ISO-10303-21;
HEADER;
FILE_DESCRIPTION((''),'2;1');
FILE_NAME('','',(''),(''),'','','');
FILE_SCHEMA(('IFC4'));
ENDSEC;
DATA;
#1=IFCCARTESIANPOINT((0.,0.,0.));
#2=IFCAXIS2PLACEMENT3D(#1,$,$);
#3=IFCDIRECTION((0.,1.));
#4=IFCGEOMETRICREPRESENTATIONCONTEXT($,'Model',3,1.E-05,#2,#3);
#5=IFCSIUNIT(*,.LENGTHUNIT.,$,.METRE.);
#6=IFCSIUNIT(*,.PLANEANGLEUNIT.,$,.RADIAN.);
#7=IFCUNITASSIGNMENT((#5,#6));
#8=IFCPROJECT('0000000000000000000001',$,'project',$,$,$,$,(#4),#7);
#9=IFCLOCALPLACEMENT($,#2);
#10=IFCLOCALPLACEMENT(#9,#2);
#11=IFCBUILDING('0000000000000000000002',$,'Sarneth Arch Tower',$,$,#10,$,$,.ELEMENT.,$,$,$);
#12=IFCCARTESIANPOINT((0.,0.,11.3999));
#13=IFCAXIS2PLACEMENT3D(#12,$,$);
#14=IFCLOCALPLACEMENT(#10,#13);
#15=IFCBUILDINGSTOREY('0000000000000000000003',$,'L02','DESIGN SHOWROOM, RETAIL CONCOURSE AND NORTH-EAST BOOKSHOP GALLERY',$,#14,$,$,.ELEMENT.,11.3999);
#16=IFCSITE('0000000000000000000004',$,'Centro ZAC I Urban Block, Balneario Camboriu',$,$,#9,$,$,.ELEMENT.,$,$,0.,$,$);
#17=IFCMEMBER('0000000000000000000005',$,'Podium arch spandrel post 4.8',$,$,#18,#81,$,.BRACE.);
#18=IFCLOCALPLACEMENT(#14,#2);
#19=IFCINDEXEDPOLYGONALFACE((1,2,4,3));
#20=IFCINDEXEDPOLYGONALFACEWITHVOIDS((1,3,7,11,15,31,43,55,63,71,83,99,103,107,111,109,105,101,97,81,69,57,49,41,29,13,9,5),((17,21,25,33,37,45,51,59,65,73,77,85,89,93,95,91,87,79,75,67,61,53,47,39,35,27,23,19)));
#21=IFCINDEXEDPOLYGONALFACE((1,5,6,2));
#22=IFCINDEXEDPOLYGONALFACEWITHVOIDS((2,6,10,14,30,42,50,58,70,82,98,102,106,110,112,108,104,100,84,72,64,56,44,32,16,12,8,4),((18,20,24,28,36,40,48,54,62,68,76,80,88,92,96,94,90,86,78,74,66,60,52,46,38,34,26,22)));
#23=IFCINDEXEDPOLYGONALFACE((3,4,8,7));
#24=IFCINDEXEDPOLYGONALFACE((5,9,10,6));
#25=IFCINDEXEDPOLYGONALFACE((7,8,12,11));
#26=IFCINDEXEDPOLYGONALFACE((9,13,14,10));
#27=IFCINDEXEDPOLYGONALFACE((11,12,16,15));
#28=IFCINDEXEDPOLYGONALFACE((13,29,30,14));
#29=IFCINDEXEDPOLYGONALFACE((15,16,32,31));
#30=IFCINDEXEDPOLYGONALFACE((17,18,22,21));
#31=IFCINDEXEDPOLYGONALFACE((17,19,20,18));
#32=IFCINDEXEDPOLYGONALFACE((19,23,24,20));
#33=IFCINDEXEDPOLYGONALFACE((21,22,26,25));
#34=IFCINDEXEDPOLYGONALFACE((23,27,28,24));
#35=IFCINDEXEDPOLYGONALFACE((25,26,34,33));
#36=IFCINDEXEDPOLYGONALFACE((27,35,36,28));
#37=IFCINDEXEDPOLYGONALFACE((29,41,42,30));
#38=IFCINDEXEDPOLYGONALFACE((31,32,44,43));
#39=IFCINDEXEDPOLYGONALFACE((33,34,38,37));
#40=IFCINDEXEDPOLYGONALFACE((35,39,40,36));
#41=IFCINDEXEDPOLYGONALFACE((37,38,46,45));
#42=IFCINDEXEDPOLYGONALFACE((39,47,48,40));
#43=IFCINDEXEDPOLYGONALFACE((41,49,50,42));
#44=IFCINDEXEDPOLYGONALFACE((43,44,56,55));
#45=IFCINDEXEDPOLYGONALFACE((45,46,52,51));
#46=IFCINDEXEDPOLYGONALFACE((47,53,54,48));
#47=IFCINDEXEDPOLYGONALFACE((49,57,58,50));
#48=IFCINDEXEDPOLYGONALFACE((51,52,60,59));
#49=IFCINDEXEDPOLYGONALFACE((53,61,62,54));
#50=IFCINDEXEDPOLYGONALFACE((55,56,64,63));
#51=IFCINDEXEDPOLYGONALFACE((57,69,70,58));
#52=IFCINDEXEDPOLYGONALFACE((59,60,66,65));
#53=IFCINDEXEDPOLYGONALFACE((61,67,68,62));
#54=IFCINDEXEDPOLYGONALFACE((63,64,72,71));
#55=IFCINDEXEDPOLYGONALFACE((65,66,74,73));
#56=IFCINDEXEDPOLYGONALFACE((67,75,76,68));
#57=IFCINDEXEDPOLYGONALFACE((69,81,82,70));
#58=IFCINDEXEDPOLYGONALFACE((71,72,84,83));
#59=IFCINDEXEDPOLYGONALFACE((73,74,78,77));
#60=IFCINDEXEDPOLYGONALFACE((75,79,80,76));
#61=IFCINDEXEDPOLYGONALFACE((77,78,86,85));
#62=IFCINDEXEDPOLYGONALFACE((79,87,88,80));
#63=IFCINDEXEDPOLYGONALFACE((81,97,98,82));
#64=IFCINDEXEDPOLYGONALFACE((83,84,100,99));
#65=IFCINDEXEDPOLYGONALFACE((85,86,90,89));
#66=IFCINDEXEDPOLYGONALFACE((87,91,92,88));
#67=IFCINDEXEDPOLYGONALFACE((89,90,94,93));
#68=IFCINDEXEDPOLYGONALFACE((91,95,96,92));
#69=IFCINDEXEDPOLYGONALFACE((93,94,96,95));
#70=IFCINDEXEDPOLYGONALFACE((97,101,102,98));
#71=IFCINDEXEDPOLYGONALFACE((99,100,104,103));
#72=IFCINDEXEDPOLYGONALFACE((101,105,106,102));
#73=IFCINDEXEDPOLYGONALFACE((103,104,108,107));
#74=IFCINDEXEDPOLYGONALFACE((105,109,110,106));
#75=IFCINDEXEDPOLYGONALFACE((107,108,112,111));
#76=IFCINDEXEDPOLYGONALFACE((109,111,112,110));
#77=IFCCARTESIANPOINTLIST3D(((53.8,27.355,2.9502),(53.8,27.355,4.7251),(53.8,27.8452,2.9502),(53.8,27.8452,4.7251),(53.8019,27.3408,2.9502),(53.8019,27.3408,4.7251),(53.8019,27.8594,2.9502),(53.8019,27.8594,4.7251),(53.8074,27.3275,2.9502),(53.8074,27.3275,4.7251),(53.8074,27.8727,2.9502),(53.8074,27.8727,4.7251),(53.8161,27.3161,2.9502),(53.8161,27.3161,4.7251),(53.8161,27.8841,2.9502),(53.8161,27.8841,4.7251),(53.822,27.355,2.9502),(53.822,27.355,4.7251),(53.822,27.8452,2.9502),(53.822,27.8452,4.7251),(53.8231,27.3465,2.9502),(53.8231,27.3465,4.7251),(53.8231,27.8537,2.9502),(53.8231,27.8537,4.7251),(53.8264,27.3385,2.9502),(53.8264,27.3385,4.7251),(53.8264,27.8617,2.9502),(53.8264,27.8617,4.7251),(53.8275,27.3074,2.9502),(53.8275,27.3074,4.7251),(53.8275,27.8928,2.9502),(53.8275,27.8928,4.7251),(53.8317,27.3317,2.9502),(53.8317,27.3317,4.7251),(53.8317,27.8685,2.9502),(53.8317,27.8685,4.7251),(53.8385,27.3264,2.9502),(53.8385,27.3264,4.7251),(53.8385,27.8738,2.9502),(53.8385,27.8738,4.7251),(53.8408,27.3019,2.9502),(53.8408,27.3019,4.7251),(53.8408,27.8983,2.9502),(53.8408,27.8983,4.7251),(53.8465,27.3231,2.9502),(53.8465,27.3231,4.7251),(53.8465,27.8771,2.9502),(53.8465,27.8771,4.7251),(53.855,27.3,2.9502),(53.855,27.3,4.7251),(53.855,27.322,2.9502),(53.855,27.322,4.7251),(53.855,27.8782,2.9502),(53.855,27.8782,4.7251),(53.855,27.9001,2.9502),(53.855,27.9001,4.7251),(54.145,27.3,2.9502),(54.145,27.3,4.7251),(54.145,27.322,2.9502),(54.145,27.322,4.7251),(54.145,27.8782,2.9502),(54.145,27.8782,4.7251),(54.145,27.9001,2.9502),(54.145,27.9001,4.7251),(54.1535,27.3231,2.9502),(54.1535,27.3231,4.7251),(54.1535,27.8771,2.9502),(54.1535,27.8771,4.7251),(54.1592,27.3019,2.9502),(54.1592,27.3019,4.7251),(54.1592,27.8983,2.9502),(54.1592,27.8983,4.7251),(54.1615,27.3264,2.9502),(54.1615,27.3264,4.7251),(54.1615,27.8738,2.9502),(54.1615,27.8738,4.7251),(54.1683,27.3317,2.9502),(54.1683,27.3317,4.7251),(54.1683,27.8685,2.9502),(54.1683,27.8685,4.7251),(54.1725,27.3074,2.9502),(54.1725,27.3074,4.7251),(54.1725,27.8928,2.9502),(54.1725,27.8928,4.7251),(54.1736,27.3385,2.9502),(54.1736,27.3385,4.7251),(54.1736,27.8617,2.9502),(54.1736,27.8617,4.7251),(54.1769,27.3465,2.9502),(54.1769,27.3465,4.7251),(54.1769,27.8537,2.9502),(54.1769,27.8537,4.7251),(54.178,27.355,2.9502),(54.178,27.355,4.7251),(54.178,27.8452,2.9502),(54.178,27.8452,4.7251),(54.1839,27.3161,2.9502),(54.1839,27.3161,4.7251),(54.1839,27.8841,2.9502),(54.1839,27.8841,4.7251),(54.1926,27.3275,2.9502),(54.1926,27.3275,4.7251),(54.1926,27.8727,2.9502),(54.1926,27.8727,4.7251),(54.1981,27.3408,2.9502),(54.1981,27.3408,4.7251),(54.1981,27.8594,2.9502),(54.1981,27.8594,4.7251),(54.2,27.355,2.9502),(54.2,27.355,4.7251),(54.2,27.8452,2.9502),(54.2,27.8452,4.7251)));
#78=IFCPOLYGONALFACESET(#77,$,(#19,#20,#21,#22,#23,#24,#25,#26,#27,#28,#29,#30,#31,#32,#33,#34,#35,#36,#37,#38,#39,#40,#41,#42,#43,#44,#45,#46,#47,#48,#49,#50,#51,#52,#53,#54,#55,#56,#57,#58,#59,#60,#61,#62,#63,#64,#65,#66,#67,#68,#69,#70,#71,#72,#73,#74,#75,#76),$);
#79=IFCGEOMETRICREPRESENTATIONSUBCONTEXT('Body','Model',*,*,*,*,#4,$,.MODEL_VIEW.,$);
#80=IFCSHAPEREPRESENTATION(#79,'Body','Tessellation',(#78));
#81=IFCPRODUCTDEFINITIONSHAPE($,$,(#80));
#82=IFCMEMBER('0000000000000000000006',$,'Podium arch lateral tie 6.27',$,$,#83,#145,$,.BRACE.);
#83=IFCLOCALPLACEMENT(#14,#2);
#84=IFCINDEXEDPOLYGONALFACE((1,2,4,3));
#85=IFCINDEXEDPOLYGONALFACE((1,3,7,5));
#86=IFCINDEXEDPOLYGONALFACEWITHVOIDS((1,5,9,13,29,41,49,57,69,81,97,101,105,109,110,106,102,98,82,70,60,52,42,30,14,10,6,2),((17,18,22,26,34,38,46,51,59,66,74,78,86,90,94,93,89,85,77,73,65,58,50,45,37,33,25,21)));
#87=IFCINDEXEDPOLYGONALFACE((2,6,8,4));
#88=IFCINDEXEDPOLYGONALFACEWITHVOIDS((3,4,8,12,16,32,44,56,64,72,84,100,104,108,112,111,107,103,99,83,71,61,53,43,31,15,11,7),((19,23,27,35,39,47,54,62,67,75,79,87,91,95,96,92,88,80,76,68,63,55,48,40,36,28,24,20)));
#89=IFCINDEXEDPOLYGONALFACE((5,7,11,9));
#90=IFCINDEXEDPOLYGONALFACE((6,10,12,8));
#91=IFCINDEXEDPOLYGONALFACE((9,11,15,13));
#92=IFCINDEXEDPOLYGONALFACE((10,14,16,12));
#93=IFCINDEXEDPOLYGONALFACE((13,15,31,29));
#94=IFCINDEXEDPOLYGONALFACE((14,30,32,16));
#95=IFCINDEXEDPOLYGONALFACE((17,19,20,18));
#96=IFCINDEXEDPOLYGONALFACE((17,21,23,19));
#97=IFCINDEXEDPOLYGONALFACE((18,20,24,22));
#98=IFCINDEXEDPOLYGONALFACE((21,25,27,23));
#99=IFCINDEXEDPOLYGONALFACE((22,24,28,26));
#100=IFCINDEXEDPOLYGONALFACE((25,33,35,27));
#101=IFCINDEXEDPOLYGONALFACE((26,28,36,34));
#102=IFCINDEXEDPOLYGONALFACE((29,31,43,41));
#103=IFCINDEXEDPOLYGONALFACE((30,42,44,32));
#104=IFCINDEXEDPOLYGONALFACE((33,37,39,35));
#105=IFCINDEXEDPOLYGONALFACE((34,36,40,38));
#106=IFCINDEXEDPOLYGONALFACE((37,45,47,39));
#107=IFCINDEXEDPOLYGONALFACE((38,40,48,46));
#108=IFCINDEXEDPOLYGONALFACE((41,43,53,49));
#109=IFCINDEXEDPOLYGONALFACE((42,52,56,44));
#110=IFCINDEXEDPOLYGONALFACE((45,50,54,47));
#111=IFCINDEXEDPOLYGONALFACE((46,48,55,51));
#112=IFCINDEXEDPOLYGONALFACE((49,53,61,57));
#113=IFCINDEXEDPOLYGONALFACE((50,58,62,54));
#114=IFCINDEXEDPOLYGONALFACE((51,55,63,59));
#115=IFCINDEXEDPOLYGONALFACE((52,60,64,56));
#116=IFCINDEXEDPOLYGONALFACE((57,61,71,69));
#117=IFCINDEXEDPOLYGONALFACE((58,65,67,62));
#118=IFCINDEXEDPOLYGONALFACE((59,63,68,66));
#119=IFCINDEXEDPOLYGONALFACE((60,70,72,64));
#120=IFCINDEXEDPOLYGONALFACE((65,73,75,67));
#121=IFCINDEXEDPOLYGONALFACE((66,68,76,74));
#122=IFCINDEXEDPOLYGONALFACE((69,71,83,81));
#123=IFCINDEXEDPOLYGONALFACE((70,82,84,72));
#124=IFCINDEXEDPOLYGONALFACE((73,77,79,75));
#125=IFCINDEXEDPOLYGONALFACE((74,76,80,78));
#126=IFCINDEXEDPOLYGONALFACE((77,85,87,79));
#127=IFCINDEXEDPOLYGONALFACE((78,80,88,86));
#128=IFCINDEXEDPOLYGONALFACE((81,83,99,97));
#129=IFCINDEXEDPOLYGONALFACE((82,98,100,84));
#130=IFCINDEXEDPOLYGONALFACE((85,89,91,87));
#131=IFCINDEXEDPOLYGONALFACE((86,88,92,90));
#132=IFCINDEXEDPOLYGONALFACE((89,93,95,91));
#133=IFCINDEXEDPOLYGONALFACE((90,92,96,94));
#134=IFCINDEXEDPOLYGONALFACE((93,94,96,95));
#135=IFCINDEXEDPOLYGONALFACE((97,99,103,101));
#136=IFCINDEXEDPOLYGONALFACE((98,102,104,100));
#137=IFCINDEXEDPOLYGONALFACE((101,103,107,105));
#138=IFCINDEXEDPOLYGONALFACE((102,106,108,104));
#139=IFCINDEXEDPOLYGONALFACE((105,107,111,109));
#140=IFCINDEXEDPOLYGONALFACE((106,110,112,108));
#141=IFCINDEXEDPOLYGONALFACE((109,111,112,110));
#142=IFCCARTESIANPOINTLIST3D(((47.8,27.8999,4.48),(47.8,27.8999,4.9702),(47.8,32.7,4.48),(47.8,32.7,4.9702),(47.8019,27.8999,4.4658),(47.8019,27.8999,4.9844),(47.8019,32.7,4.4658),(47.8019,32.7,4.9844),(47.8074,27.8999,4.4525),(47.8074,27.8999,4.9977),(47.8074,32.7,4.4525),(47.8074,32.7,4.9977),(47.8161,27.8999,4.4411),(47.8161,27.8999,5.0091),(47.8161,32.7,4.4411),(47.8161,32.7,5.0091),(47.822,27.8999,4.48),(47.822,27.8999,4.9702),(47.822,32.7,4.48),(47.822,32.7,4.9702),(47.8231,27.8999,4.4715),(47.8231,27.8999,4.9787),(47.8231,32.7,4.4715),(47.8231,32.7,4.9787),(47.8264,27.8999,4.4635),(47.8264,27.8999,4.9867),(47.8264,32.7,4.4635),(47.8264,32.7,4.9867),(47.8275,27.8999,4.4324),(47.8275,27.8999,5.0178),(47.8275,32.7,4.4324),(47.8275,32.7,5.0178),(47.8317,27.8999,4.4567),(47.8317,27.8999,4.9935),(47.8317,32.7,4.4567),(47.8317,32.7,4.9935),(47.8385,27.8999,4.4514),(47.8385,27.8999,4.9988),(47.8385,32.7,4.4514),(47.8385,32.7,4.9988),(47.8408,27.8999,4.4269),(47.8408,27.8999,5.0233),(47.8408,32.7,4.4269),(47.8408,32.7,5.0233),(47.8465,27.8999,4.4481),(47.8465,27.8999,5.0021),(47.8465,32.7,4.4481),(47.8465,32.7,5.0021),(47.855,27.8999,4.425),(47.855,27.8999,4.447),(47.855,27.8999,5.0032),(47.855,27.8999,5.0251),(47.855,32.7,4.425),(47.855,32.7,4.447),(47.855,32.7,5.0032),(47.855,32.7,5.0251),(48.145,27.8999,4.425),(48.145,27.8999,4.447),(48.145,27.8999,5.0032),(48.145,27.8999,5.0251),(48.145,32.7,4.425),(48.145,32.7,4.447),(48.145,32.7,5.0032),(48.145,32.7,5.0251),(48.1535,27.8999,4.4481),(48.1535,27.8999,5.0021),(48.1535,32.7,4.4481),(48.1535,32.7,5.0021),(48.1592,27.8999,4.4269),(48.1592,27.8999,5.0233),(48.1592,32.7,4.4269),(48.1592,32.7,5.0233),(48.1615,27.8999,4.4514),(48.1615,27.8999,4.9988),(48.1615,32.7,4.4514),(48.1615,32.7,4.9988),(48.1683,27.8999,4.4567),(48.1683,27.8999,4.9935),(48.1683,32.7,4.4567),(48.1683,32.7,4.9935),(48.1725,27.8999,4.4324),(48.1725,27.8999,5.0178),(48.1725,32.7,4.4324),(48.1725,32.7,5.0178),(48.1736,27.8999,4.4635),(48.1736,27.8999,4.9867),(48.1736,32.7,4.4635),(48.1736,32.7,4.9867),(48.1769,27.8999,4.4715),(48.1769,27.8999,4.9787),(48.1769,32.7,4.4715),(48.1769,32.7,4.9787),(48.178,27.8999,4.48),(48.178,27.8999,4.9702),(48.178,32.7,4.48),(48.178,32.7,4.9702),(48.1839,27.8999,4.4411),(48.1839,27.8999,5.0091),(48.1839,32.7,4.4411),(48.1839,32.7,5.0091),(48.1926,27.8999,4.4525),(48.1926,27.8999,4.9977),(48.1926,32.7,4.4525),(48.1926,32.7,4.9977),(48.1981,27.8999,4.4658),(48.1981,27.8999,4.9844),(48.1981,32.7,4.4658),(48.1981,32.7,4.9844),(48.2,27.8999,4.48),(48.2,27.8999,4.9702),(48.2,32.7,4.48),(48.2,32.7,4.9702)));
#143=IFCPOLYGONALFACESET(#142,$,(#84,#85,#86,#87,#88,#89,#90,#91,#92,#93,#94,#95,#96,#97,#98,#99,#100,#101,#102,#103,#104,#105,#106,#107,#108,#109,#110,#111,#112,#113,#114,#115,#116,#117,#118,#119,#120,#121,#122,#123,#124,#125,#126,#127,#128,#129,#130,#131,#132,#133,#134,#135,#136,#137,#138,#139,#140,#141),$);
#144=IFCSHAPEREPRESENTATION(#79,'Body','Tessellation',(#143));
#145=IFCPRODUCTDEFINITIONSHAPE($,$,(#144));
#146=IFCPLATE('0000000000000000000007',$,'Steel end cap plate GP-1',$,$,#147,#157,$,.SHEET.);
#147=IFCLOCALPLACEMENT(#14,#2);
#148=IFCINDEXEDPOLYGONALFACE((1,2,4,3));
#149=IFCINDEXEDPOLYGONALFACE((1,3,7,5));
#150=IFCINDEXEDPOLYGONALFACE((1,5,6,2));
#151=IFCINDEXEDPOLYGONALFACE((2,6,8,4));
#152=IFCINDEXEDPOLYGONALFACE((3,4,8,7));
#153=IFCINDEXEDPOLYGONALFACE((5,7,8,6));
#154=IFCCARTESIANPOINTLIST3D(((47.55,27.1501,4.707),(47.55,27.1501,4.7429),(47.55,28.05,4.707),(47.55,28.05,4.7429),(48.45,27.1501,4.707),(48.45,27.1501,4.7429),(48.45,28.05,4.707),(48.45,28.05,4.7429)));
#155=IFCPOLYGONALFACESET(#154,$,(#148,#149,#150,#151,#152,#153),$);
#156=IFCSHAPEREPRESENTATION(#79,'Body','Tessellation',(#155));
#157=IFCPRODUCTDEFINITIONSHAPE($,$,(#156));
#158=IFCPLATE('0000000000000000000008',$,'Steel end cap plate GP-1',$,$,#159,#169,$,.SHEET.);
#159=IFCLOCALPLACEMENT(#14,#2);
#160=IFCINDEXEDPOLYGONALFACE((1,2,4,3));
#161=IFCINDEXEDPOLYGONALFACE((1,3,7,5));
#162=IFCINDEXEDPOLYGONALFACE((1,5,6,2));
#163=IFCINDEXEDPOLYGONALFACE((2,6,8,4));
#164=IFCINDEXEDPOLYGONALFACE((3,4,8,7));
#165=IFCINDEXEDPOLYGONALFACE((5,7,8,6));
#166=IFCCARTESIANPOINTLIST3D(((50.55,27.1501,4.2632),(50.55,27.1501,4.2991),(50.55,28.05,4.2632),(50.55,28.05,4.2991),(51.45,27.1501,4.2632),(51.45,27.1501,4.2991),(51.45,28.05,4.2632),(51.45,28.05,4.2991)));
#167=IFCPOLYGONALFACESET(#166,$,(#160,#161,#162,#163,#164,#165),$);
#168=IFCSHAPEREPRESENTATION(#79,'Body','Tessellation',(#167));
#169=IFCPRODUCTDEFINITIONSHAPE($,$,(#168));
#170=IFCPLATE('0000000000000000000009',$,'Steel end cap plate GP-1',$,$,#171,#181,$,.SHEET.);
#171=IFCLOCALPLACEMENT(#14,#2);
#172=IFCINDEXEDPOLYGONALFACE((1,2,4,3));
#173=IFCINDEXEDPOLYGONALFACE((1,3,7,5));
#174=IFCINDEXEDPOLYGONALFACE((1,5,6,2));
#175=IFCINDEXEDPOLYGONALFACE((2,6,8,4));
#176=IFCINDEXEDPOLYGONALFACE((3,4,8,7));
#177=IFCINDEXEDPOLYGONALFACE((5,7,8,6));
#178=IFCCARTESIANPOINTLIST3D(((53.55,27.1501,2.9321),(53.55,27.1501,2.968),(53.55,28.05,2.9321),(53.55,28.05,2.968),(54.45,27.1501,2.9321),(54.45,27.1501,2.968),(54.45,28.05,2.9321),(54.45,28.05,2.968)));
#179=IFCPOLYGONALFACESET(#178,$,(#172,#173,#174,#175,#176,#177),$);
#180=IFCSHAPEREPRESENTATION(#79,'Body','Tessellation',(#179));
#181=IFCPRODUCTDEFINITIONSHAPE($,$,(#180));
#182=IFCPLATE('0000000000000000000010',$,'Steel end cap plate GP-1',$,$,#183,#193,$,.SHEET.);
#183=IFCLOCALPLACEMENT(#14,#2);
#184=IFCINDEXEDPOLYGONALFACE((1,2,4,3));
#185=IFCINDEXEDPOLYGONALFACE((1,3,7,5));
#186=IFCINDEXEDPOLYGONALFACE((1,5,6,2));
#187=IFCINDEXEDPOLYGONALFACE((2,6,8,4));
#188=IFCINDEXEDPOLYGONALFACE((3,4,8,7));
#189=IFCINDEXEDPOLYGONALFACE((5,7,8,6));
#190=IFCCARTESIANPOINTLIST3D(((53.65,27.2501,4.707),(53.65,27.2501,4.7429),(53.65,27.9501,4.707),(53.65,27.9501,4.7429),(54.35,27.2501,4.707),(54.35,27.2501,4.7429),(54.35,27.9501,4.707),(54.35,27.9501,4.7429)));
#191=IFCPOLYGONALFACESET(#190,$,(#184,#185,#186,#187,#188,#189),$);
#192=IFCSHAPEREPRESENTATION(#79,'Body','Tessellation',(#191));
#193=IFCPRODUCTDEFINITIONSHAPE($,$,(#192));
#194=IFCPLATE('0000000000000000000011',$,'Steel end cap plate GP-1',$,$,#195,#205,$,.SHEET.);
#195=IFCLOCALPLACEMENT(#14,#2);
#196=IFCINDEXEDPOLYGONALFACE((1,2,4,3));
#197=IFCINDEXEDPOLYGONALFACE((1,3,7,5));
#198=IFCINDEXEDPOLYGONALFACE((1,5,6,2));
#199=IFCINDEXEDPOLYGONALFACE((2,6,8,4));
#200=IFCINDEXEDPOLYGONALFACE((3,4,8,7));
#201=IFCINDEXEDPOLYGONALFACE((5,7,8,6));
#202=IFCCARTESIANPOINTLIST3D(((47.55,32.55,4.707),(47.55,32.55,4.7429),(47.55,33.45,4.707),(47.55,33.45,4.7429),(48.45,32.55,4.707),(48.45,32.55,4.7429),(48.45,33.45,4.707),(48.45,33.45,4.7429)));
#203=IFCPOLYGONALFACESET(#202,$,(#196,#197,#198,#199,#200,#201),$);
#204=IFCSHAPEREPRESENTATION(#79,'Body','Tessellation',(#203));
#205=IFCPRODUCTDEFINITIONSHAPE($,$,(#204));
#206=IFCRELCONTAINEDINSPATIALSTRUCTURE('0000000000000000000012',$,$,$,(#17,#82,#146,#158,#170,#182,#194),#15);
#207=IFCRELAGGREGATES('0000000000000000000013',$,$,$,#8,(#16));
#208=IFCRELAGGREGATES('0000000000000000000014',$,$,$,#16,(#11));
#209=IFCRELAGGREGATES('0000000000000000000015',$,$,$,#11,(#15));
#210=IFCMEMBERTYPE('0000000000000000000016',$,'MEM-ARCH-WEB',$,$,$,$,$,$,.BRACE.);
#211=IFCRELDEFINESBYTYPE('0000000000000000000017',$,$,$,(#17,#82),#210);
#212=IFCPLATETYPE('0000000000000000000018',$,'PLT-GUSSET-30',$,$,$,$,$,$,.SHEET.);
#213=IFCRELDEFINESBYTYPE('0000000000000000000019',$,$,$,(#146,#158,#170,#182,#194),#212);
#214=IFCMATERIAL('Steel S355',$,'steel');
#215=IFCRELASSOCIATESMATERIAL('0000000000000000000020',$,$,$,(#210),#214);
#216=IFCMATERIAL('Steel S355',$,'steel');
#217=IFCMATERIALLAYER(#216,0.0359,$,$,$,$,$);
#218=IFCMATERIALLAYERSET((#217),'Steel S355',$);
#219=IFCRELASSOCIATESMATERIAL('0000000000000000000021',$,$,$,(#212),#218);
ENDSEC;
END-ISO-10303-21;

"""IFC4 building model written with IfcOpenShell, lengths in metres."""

from ifc_helpers import new_model, si_unit, direction, frame, origin, origin_2d, place, context, subcontext, project, spatial, rectangle, hollow_rectangle, extrude, material, layer, layer_set, material_profile, profile_set, type_object, element, save


model = new_model("IFC4")

# Units and contexts
model_context = context("Model", 3, precision=1e-05, world=origin(), true_north=direction((0.0, 1.0)))
body_context = subcontext(model_context, "Body", "Model", "MODEL_VIEW")
ifc_project = project(units=[si_unit("LENGTHUNIT", "METRE"), si_unit("PLANEANGLEUNIT", "RADIAN")], contexts=[model_context])

# Site, building, storey
site_placement = place(None, origin())
site = spatial("IfcSite", under=ifc_project, at=site_placement, Name="Centro ZAC I Urban Block, Balneario Camboriu", CompositionType="ELEMENT", RefElevation=0.0)
building_placement = place(site_placement, origin())
building = spatial("IfcBuilding", under=site, at=building_placement, Name="Sarneth Arch Tower", CompositionType="ELEMENT")
storey_placement = place(building_placement, frame((0.0, 0.0, 11.3999)))
storey = spatial("IfcBuildingStorey", under=building, at=storey_placement, Name="L02", Description="DESIGN SHOWROOM, RETAIL CONCOURSE AND NORTH-EAST BOOKSHOP GALLERY", CompositionType="ELEMENT", Elevation=11.3999)

# Members
ifc_material_1 = material(Name="Steel S355", Category="steel")
ifc_material_profile_1 = material_profile(ifc_material_1, hollow_rectangle(XDim=0.3999, YDim=0.6001, WallThickness=0.022, InnerFilletRadius=0.033, OuterFilletRadius=0.0549, at=origin_2d()), Name="RHS600x400x22")
ifc_profile_set_1 = profile_set([ifc_material_profile_1], Name="Steel S355")
member_type_1 = type_object("IfcMemberType", Name="MEM-ARCH-WEB", PredefinedType="BRACE", material=ifc_profile_set_1)
member_1_placement = place(storey_placement, frame((54.0, 27.6001, 2.9502), z_axis=(0.0, 0.0, 1.0), x_axis=(1.0, 0.0, 0.0)))
element("IfcMember", 1, at=member_1_placement, inside=storey, type_object=member_type_1, Name="Podium arch spandrel post 4.8", PredefinedType="BRACE", context=body_context, shape_type="SweptSolid", body=[
    extrude(hollow_rectangle(XDim=0.3999, YDim=0.6001, WallThickness=0.022, InnerFilletRadius=0.033, OuterFilletRadius=0.0549, at=origin_2d()), origin(), (0.0, 0.0, 1.0), 1.7749),
])
member_2_placement = place(storey_placement, frame((48.0, 27.8999, 4.7251), z_axis=(0.0, 1.0, 0.0), x_axis=(-1.0, 0.0, 0.0)))
element("IfcMember", 2, at=member_2_placement, inside=storey, type_object=member_type_1, Name="Podium arch lateral tie 6.27", PredefinedType="BRACE", context=body_context, shape_type="SweptSolid", body=[
    extrude(hollow_rectangle(XDim=0.3999, YDim=0.6001, WallThickness=0.022, InnerFilletRadius=0.033, OuterFilletRadius=0.0549, at=origin_2d()), origin(), (0.0, 0.0, 1.0), 4.8),
])

# Plates
ifc_material_2 = material(Name="Steel S355", Category="steel")
ifc_layer = layer(ifc_material_2, 0.0359)
ifc_layer_set = layer_set([ifc_layer], Name="Steel S355")
plate_type = type_object("IfcPlateType", Name="PLT-GUSSET-30", PredefinedType="SHEET", material=ifc_layer_set)
for number, where, z_axis, x_axis, name in (
    (3, (48.0, 27.6001, 4.707), (0.0, 0.0, 1.0), (-1.0, 0.0, 0.0), "Steel end cap plate GP-1"),
    (4, (51.0, 27.6001, 4.2632), (0.0, 0.0, 1.0), (-1.0, 0.0, 0.0), "Steel end cap plate GP-1"),
    (5, (54.0, 27.6001, 2.9321), (0.0, 0.0, 1.0), (-1.0, 0.0, 0.0), "Steel end cap plate GP-1"),
):
    element("IfcPlate", number, at=place(storey_placement, frame(where, z_axis=z_axis, x_axis=x_axis)), inside=storey, type_object=plate_type, Name=name, PredefinedType="SHEET", context=body_context, shape_type="SweptSolid", body=[
        extrude(rectangle(XDim=0.8999, YDim=0.8999, at=origin_2d()), origin(), (0.0, 0.0, 1.0), 0.0359),
    ])
plate_placement = place(storey_placement, frame((54.0, 27.6001, 4.707), z_axis=(0.0, 0.0, 1.0), x_axis=(1.0, 0.0, 0.0)))
element("IfcPlate", 6, at=plate_placement, inside=storey, type_object=plate_type, Name="Steel end cap plate GP-1", PredefinedType="SHEET", context=body_context, shape_type="SweptSolid", body=[
    extrude(rectangle(XDim=0.7, YDim=0.7, at=origin_2d()), origin(), (0.0, 0.0, 1.0), 0.0359),
])
for number, where, z_axis, x_axis, name in (
    (7, (48.0, 33.0, 4.707), (0.0, 0.0, 1.0), (-1.0, 0.0, 0.0), "Steel end cap plate GP-1"),
):
    element("IfcPlate", number, at=place(storey_placement, frame(where, z_axis=z_axis, x_axis=x_axis)), inside=storey, type_object=plate_type, Name=name, PredefinedType="SHEET", context=body_context, shape_type="SweptSolid", body=[
        extrude(rectangle(XDim=0.8999, YDim=0.8999, at=origin_2d()), origin(), (0.0, 0.0, 1.0), 0.0359),
    ])

save(model, "model.ifc")
